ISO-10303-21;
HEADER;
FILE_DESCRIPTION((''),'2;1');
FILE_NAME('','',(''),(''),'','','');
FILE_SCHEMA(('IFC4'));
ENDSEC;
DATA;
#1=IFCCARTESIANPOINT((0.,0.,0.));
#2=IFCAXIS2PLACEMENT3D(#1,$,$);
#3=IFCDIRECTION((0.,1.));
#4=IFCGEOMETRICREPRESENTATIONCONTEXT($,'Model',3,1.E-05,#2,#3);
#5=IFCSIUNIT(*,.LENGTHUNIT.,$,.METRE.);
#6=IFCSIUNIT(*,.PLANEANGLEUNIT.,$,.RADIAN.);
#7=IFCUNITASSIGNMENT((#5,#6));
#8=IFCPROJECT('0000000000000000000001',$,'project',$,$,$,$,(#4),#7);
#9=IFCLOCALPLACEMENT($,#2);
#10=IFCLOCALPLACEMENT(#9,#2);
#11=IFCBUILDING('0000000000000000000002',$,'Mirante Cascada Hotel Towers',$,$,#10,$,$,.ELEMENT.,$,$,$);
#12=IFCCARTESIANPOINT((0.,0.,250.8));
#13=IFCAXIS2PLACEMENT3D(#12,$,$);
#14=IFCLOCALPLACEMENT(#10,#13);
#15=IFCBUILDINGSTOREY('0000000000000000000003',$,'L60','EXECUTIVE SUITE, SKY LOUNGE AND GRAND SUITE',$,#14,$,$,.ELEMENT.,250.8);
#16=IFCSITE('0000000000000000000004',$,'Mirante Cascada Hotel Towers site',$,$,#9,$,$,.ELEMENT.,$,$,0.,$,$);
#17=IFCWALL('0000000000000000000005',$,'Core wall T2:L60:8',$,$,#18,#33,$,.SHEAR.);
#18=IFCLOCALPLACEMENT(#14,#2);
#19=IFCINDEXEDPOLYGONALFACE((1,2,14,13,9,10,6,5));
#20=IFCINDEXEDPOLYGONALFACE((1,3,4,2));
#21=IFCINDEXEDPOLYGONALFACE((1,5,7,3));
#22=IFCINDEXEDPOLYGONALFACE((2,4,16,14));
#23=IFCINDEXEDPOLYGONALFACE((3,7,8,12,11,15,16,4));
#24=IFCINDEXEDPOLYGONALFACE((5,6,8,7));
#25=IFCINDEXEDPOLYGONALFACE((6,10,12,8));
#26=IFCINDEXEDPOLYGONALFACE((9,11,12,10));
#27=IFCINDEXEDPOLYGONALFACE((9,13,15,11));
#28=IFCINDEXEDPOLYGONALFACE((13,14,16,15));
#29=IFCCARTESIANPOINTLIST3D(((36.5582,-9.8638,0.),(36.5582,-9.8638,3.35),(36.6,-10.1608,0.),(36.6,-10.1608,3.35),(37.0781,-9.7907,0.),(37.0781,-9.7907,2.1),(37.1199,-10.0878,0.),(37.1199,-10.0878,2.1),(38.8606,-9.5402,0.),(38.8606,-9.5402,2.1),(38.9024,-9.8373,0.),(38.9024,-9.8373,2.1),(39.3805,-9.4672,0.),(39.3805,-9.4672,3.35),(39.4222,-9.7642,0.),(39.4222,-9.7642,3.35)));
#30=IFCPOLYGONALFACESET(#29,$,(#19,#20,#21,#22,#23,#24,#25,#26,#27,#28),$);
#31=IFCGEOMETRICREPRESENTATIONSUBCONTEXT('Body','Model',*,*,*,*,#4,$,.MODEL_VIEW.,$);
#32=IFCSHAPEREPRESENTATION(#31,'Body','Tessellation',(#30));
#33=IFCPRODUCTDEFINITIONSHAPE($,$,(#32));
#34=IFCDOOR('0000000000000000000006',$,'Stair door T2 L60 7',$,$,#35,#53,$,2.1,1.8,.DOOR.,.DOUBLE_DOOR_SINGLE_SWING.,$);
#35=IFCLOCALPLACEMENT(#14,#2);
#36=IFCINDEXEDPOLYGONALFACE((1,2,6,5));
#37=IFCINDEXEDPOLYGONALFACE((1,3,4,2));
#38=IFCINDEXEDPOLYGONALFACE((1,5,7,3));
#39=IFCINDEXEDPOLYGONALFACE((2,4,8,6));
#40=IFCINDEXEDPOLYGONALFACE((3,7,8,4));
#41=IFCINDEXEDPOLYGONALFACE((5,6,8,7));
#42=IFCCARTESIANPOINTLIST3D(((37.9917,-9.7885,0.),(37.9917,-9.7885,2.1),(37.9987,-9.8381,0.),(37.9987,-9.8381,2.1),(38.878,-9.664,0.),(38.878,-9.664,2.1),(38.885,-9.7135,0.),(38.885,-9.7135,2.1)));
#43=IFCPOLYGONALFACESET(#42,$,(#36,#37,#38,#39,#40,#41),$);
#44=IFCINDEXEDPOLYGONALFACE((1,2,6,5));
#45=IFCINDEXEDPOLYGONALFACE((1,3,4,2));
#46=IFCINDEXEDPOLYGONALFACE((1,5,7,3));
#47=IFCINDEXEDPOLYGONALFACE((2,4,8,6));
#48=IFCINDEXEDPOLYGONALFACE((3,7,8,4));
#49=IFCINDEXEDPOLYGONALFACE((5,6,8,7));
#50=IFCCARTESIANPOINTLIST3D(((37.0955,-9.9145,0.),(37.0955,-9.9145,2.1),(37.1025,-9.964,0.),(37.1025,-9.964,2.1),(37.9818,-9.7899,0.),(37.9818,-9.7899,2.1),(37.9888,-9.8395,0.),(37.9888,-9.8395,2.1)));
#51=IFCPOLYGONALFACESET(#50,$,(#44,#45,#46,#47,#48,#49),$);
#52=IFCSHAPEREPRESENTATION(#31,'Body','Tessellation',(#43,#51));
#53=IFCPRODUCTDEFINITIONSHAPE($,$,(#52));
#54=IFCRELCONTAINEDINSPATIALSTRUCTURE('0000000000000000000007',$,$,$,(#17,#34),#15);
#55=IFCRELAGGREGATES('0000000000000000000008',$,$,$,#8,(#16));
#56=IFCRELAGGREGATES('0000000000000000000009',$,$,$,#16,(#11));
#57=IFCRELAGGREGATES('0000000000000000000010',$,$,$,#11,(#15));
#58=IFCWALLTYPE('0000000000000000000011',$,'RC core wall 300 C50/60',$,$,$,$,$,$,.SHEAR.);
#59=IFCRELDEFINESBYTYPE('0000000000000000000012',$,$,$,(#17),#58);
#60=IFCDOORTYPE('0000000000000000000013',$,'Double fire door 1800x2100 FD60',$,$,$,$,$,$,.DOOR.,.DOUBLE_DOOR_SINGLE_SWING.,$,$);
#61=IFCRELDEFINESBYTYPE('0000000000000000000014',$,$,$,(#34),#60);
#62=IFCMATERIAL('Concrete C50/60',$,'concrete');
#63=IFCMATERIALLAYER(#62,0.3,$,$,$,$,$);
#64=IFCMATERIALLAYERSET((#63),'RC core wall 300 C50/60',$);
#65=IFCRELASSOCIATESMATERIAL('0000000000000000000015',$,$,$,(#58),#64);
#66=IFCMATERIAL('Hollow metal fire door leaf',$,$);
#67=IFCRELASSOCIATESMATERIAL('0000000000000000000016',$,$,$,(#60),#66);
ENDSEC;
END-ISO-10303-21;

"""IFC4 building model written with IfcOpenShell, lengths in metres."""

from ifc_helpers import new_model, si_unit, direction, frame, frame_2d, origin, place, context, subcontext, project, spatial, rectangle, extrude, material, layer, layer_set, type_object, element, fill, save


model = new_model("IFC4")

# Units and contexts
model_context = context("Model", 3, precision=1e-05, world=origin(), true_north=direction((0.0, 1.0)))
body_context = subcontext(model_context, "Body", "Model", "MODEL_VIEW")
ifc_project = project(units=[si_unit("LENGTHUNIT", "METRE"), si_unit("PLANEANGLEUNIT", "RADIAN")], contexts=[model_context])

# Site, building, storey
site_placement = place(None, origin())
site = spatial("IfcSite", under=ifc_project, at=site_placement, Name="Mirante Cascada Hotel Towers site", CompositionType="ELEMENT", RefElevation=0.0)
building_placement = place(site_placement, origin())
building = spatial("IfcBuilding", under=site, at=building_placement, Name="Mirante Cascada Hotel Towers", CompositionType="ELEMENT")
storey_placement = place(building_placement, frame((0.0, 0.0, 250.8)))
storey = spatial("IfcBuildingStorey", under=building, at=storey_placement, Name="L60", Description="EXECUTIVE SUITE, SKY LOUNGE AND GRAND SUITE", CompositionType="ELEMENT", Elevation=250.8)

# Wall, opening, door
ifc_material_1 = material(Name="Concrete C50/60", Category="concrete")
ifc_layer_1 = layer(ifc_material_1, 0.3)
ifc_layer_set_1 = layer_set([ifc_layer_1], Name="RC core wall 300 C50/60")
wall_type_1 = type_object("IfcWallType", Name="RC core wall 300 C50/60", PredefinedType="SHEAR", material=ifc_layer_set_1)
wall_1_placement = place(storey_placement, frame((36.5791, -10.0123, 0.0), z_axis=(0.0, 0.0, 1.0), x_axis=(0.99027, 0.139156, 0.0)))
wall_1 = element("IfcWall", 1, at=wall_1_placement, inside=storey, type_object=wall_type_1, Name="Core wall T2:L60:8", PredefinedType="SHEAR", context=body_context, shape_type="SweptSolid", body=[
    extrude(rectangle(XDim=2.85, YDim=0.3, at=frame_2d((1.425, 0.0))), origin(), (0.0, 0.0, 1.0), 3.35),
])
opening_1_placement = place(wall_1_placement, frame((0.525, 0.0, 0.0)))
opening_1 = element("IfcOpeningElement", 2, at=opening_1_placement, cuts=wall_1, PredefinedType="OPENING", context=body_context, shape_type="SweptSolid", body=[
    extrude(rectangle(XDim=1.8, YDim=2.1, at=frame_2d((0.9, 1.05))), frame((0.0, 0.15, 0.0), z_axis=(0.0, -1.0, 0.0), x_axis=(1.0, 0.0, 0.0)), (0.0, 0.0, 1.0), 0.3),
])
ifc_material_2 = material(Name="Hollow metal fire door leaf")
door_type_1 = type_object("IfcDoorType", Name="Double fire door 1800x2100 FD60", OperationType="DOUBLE_DOOR_SINGLE_SWING", PredefinedType="DOOR", material=ifc_material_2)
door_1_placement = place(opening_1_placement, frame((1.8, 0.0, 0.0), z_axis=(0.0, 0.0, 1.0), x_axis=(-1.0, 0.0, 0.0)))
door_1 = element("IfcDoor", 3, at=door_1_placement, inside=storey, type_object=door_type_1, Name="Stair door T2 L60 7", OperationType="DOUBLE_DOOR_SINGLE_SWING", OverallHeight=2.1, OverallWidth=1.8, PredefinedType="DOOR", context=body_context, shape_type="SweptSolid", body=[
    extrude(rectangle(XDim=0.895, YDim=2.1, at=frame_2d((0.4475, 1.05))), frame((0.0, 0.025, 0.0), z_axis=(0.0, -1.0, 0.0), x_axis=(1.0, 0.0, 0.0)), (0.0, 0.0, 1.0), 0.05),
    extrude(rectangle(XDim=0.895, YDim=2.1, at=frame_2d((1.3525, 1.05))), frame((0.0, 0.025, 0.0), z_axis=(0.0, -1.0, 0.0), x_axis=(1.0, 0.0, 0.0)), (0.0, 0.0, 1.0), 0.05),
])
fill(opening_1, door_1)

save(model, "model.ifc")
